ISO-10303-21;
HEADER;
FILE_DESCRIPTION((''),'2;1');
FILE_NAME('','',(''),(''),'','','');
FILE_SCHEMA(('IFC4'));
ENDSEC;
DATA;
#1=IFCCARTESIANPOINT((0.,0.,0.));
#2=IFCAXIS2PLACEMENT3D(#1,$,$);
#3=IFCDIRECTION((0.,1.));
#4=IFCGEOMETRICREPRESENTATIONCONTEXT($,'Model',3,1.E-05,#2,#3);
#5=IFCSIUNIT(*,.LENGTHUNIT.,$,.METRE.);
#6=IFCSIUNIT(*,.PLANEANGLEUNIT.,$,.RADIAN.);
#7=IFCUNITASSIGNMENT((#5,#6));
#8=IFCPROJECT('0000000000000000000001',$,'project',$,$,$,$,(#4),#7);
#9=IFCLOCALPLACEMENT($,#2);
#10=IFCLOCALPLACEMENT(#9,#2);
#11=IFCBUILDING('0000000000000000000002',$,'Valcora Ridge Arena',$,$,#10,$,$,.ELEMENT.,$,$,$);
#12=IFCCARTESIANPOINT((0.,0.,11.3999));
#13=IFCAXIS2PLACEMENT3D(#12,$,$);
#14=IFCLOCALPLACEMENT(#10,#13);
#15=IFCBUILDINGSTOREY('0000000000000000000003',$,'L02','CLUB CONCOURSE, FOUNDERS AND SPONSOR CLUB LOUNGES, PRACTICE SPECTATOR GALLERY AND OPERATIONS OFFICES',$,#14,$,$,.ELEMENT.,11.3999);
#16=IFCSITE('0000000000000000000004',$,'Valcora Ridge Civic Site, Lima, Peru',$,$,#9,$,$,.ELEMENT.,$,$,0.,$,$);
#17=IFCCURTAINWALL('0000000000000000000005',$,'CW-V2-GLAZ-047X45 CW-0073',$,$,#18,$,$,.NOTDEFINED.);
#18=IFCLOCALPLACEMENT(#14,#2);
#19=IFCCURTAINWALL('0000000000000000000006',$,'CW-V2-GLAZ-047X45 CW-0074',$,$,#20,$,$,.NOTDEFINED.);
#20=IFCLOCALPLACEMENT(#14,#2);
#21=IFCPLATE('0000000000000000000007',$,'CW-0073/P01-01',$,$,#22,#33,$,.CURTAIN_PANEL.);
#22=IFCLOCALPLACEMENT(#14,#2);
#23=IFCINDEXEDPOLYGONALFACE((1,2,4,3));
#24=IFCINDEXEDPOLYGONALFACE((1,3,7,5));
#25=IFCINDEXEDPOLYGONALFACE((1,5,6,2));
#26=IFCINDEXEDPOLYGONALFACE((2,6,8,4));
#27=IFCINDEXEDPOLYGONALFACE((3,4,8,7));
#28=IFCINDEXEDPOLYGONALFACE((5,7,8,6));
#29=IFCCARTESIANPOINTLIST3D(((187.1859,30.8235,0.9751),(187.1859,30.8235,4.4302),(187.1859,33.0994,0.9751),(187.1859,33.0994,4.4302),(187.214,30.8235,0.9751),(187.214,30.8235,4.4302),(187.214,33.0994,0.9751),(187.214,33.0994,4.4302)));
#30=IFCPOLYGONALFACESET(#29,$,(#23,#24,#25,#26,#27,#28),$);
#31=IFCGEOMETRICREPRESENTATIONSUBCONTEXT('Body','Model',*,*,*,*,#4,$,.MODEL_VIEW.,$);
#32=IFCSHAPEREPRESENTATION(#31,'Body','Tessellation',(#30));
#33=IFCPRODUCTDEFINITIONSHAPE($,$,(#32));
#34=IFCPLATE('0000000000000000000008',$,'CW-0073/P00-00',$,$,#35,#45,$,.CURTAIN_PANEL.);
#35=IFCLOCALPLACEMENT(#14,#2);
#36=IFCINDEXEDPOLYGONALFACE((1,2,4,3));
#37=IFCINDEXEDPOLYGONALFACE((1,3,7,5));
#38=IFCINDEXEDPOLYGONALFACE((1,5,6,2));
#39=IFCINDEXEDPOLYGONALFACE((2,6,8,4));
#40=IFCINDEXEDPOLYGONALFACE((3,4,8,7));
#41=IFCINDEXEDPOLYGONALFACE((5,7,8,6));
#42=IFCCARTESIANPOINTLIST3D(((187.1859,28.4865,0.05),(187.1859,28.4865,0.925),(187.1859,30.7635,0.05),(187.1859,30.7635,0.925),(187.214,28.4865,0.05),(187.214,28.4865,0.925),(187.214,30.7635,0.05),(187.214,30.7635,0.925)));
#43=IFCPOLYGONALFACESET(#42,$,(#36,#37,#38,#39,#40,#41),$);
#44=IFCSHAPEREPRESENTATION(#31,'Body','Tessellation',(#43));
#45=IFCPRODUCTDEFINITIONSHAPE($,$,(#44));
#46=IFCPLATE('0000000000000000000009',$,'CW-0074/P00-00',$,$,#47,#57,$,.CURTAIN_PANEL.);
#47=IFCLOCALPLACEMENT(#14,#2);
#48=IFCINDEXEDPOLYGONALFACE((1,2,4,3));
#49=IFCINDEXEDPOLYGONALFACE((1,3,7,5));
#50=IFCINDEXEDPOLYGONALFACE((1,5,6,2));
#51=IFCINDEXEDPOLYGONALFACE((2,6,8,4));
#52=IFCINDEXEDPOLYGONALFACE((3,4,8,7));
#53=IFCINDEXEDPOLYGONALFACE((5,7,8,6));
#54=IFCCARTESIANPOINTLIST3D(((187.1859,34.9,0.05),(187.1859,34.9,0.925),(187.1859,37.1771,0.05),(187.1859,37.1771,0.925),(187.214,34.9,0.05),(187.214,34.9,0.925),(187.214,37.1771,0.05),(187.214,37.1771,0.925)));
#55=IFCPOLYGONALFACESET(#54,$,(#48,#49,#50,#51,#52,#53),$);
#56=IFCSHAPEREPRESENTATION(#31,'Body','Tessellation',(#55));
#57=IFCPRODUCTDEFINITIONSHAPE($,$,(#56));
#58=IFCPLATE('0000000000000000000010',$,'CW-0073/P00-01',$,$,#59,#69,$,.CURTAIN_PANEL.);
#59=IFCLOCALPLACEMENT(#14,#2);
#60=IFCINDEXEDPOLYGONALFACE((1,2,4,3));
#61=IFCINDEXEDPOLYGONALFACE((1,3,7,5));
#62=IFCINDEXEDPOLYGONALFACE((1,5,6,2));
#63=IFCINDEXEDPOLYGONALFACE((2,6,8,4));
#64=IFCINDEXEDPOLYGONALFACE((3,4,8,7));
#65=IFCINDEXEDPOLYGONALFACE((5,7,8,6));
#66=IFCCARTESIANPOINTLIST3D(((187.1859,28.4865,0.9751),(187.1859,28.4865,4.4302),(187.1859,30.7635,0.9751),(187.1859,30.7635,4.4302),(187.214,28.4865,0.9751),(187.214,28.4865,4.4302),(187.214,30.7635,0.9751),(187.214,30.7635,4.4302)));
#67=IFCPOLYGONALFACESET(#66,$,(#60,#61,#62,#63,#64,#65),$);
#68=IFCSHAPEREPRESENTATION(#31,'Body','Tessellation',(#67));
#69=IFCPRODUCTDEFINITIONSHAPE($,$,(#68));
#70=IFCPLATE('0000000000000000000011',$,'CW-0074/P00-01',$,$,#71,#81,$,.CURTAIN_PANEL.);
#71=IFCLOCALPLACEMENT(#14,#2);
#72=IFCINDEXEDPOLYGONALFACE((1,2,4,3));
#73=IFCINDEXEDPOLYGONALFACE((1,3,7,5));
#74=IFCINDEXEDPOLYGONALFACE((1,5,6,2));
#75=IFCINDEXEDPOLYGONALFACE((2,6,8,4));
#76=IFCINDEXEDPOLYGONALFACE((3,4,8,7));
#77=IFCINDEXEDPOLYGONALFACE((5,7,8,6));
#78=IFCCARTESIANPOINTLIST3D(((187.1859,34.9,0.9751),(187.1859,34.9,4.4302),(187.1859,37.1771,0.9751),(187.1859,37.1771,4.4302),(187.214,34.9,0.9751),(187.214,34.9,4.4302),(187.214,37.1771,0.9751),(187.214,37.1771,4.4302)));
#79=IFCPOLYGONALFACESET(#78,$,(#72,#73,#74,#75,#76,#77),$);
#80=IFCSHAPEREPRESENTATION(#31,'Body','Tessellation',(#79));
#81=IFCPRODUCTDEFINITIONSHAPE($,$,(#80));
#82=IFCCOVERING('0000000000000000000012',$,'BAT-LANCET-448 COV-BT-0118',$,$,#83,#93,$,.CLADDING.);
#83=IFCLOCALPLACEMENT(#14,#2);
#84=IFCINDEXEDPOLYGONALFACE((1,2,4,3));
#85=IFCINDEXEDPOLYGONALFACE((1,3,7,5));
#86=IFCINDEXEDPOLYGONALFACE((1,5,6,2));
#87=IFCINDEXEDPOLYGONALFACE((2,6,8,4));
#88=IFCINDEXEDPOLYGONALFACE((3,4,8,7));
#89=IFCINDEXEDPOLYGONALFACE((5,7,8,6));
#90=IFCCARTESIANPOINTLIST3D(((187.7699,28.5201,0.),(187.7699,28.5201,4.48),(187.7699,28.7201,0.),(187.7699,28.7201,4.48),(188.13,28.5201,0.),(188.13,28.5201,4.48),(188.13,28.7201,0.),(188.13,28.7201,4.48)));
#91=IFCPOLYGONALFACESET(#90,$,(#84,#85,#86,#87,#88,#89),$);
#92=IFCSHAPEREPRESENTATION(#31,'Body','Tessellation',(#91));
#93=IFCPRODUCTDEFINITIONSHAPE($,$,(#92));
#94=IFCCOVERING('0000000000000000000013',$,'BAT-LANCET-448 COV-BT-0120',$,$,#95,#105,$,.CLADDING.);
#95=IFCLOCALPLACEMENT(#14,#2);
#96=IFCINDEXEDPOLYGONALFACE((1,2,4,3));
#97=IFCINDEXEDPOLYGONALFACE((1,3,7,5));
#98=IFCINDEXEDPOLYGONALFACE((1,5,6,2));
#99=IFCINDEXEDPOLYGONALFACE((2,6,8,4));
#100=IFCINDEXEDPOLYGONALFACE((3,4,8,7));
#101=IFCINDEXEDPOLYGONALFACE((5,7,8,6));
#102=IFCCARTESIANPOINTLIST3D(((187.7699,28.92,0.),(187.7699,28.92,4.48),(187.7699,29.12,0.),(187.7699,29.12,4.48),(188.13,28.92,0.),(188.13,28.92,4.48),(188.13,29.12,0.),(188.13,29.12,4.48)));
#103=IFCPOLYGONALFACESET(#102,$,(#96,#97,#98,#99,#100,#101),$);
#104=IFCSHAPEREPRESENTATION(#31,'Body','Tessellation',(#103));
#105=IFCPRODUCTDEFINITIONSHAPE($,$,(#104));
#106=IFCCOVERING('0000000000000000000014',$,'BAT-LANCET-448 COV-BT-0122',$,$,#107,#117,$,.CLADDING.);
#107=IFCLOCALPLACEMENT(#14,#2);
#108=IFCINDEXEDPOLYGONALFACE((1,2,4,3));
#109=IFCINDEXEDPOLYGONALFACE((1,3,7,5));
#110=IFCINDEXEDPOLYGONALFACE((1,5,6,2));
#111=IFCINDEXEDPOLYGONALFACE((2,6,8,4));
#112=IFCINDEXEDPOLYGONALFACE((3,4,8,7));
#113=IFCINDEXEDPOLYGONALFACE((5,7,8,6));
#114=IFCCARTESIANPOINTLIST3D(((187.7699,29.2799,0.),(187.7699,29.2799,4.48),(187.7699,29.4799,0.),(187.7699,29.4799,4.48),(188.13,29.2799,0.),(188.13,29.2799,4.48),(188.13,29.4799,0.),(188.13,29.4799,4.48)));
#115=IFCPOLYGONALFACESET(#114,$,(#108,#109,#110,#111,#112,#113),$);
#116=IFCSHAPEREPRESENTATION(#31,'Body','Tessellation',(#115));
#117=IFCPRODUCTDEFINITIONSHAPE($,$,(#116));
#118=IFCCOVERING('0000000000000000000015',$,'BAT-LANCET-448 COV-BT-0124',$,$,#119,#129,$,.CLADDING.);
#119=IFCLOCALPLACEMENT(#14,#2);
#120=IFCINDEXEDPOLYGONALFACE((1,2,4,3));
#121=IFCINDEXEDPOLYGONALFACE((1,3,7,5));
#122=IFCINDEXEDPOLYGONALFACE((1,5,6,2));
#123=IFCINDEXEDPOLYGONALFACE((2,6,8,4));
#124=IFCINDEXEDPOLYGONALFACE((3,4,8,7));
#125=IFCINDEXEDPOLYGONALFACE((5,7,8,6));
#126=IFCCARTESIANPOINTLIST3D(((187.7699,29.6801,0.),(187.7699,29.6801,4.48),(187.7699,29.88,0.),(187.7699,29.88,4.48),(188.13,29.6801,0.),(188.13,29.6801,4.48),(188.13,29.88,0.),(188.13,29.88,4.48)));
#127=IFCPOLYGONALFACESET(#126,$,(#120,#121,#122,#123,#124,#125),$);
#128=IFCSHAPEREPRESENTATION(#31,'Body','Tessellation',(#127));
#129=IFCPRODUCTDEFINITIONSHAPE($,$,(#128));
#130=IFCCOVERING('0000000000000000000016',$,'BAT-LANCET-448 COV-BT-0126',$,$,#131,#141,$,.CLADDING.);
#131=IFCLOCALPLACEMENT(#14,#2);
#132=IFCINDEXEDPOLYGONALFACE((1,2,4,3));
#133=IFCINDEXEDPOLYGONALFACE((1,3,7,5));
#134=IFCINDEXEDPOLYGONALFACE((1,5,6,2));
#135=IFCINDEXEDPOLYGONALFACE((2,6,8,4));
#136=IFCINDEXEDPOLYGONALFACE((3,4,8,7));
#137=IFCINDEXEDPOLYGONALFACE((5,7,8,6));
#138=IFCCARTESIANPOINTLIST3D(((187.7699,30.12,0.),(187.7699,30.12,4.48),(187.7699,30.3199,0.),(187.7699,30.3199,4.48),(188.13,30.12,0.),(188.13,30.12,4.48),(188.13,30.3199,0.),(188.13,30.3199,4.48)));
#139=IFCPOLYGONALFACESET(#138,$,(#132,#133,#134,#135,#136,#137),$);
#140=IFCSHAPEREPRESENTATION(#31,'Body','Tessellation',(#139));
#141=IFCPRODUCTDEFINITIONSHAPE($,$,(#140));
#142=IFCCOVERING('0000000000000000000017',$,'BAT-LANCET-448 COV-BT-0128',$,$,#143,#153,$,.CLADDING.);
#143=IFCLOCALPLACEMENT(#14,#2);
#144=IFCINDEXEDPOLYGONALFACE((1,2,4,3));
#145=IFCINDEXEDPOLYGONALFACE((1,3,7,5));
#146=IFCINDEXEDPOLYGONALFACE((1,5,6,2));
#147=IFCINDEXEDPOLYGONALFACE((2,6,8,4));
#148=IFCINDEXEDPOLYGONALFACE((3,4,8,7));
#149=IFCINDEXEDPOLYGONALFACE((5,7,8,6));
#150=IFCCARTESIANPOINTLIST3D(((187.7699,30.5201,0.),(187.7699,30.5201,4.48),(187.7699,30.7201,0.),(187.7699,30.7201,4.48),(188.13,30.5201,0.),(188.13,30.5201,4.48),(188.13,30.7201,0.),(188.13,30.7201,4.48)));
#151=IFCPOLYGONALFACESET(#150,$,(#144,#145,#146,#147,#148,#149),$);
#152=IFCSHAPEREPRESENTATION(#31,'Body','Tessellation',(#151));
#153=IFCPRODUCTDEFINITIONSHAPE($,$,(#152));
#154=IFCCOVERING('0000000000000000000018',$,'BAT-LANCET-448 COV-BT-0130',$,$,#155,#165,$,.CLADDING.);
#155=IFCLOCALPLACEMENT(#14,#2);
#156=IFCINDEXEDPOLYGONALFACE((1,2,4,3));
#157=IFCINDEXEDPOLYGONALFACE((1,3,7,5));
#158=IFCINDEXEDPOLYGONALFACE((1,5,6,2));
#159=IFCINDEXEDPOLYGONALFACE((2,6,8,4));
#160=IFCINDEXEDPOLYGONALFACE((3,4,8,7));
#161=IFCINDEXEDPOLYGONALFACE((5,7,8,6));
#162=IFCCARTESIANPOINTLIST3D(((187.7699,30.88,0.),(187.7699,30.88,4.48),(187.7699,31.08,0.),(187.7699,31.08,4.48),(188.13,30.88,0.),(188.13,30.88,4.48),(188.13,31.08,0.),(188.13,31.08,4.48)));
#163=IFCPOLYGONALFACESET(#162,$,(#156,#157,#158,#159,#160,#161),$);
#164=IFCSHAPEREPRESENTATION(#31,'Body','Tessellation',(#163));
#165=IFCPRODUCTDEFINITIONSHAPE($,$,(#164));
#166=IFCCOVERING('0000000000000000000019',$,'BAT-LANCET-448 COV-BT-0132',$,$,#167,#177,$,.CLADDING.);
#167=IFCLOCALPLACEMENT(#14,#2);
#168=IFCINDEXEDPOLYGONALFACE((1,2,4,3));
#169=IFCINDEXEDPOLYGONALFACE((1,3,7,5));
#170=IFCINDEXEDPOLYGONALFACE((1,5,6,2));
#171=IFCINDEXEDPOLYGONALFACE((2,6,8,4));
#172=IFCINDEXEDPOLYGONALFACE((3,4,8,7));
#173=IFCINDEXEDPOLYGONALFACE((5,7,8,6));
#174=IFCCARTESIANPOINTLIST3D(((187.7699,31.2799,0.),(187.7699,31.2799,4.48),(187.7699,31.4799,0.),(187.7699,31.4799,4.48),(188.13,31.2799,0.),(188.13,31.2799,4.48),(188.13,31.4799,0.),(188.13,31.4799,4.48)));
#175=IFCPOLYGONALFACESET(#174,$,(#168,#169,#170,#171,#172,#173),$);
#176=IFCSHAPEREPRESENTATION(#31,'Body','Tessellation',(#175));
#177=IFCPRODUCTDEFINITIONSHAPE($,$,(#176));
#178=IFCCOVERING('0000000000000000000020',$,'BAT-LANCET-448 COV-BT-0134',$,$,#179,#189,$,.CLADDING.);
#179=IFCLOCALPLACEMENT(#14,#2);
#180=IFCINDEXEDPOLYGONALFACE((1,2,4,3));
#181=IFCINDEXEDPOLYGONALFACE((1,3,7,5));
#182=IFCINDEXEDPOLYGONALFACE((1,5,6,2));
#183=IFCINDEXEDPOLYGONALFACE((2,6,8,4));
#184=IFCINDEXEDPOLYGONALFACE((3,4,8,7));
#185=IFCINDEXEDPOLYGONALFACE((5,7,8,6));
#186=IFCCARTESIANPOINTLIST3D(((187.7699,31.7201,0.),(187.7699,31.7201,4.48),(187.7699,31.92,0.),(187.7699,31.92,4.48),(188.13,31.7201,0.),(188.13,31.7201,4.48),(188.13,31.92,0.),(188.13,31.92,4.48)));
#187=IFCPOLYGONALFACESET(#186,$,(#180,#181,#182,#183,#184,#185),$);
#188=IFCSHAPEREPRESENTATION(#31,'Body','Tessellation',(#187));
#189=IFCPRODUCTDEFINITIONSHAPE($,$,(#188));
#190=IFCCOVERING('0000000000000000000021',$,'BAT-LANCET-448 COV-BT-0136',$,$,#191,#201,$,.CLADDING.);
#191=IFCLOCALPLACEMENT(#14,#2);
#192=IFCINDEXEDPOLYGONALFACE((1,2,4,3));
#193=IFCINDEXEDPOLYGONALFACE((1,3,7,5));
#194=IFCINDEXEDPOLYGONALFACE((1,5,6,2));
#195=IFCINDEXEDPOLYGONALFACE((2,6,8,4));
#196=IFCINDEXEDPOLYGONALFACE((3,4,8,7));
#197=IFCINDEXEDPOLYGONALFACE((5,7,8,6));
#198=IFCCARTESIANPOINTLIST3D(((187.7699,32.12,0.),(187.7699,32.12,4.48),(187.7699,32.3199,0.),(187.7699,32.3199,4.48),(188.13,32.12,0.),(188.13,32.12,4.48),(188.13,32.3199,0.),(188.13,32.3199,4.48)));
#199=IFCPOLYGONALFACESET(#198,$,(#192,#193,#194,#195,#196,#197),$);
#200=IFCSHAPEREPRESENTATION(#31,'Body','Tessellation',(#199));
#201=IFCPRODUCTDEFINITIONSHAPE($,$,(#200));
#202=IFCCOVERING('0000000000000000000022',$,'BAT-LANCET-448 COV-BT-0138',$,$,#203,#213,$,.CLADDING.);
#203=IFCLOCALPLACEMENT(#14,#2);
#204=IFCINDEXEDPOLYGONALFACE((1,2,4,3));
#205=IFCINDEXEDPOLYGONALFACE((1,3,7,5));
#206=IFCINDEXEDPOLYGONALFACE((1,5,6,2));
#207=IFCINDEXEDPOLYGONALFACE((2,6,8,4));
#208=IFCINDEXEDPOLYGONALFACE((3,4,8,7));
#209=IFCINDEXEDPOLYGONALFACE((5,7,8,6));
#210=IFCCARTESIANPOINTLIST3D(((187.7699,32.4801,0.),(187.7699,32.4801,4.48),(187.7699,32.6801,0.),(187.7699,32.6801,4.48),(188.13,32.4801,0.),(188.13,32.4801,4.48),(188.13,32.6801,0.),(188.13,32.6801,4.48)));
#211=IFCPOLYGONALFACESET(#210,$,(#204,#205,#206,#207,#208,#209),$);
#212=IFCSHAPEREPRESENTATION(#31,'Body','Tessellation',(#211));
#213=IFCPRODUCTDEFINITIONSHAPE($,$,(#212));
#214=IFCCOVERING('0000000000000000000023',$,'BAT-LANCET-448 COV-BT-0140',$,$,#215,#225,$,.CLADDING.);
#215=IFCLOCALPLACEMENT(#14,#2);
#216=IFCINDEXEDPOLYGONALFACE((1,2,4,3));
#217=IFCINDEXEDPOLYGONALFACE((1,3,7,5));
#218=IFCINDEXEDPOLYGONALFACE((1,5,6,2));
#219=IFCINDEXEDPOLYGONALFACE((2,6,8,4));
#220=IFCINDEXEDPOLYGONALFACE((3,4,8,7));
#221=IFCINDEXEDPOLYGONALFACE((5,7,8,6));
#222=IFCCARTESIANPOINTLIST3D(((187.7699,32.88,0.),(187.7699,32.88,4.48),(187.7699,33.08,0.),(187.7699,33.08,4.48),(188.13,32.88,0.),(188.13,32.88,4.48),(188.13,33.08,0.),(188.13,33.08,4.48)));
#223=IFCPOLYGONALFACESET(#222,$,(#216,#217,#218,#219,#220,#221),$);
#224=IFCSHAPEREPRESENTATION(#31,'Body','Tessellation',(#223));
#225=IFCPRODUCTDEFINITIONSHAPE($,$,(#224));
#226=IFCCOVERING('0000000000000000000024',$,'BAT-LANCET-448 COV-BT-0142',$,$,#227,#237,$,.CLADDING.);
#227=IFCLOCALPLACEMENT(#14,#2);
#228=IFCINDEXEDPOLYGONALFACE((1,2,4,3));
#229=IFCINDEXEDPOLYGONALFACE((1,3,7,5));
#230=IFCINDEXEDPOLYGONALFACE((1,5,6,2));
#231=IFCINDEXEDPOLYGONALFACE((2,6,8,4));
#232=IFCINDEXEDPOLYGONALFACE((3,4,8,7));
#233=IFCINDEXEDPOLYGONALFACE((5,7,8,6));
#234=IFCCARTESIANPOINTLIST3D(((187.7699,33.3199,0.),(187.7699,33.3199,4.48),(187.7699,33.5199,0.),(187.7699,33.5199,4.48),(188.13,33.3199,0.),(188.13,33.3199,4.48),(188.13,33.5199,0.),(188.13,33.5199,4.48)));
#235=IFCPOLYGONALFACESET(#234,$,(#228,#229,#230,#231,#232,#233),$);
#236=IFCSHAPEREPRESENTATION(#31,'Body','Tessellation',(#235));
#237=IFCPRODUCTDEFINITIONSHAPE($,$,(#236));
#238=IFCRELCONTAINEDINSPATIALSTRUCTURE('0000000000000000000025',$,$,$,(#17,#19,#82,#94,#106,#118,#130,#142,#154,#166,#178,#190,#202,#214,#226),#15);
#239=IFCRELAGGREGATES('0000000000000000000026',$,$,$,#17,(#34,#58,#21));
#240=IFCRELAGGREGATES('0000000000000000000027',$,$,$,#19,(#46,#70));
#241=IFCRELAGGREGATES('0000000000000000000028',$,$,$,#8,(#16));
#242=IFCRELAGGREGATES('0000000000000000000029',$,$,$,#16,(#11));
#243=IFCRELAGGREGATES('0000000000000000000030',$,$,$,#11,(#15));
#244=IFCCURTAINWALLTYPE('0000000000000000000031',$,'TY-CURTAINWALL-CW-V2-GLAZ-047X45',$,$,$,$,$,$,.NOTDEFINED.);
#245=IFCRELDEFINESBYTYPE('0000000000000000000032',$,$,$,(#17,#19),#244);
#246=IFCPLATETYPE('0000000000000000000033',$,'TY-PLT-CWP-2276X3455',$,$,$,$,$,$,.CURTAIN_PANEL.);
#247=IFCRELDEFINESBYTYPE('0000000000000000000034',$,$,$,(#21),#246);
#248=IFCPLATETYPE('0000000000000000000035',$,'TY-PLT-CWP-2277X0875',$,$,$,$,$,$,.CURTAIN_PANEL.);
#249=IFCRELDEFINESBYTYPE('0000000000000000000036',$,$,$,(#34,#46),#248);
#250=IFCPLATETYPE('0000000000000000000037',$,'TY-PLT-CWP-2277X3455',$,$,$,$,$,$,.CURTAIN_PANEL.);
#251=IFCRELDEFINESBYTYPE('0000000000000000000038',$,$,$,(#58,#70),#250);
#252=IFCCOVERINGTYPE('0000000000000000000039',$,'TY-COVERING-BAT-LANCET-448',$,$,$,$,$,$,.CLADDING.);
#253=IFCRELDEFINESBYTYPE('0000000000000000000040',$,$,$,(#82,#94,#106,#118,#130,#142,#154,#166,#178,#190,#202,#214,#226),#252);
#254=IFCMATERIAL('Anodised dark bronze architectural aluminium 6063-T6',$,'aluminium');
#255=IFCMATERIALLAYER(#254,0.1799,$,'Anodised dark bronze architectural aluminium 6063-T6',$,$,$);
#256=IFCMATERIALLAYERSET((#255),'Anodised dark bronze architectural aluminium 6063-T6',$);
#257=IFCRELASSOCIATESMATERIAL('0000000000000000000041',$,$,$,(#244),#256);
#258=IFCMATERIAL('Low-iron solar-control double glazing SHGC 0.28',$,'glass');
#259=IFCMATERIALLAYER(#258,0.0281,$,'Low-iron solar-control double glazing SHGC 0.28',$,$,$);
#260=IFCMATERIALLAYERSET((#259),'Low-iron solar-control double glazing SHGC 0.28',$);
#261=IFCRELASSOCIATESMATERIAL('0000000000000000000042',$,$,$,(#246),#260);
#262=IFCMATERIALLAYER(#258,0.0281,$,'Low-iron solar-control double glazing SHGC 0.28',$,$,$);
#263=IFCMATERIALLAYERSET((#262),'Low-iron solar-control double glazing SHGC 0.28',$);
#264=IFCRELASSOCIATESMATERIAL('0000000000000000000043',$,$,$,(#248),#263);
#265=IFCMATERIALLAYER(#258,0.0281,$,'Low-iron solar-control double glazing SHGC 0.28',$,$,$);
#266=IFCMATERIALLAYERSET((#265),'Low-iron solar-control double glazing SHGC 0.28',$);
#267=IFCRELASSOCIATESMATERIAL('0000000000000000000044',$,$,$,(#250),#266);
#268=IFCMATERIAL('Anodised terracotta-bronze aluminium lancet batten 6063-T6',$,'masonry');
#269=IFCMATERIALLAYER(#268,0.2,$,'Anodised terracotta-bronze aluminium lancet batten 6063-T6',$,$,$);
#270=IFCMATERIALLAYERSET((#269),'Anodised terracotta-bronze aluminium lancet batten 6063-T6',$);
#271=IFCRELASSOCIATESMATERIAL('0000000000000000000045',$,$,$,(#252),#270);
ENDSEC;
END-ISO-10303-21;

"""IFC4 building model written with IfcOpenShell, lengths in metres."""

from ifc_helpers import new_model, si_unit, direction, frame, origin, origin_2d, place, context, subcontext, project, spatial, rectangle, extrude, material, layer, layer_set, type_object, element, aggregate, save


model = new_model("IFC4")

# Units and contexts
model_context = context("Model", 3, precision=1e-05, world=origin(), true_north=direction((0.0, 1.0)))
body_context = subcontext(model_context, "Body", "Model", "MODEL_VIEW")
ifc_project = project(units=[si_unit("LENGTHUNIT", "METRE"), si_unit("PLANEANGLEUNIT", "RADIAN")], contexts=[model_context])

# Site, building, storey
site_placement = place(None, origin())
site = spatial("IfcSite", under=ifc_project, at=site_placement, Name="Valcora Ridge Civic Site, Lima, Peru", CompositionType="ELEMENT", RefElevation=0.0)
building_placement = place(site_placement, origin())
building = spatial("IfcBuilding", under=site, at=building_placement, Name="Valcora Ridge Arena", CompositionType="ELEMENT")
storey_placement = place(building_placement, frame((0.0, 0.0, 11.3999)))
storey = spatial("IfcBuildingStorey", under=building, at=storey_placement, Name="L02", Description="CLUB CONCOURSE, FOUNDERS AND SPONSOR CLUB LOUNGES, PRACTICE SPECTATOR GALLERY AND OPERATIONS OFFICES", CompositionType="ELEMENT", Elevation=11.3999)

# Curtain wall
ifc_material_1 = material(Name="Anodised dark bronze architectural aluminium 6063-T6", Category="aluminium")
ifc_layer_1 = layer(ifc_material_1, 0.1799, Name="Anodised dark bronze architectural aluminium 6063-T6")
ifc_layer_set_1 = layer_set([ifc_layer_1], Name="Anodised dark bronze architectural aluminium 6063-T6")
curtain_wall_type = type_object("IfcCurtainWallType", Name="TY-CURTAINWALL-CW-V2-GLAZ-047X45", PredefinedType="NOTDEFINED", material=ifc_layer_set_1)
curtain_wall_1_placement = place(storey_placement, origin())
curtain_wall_1 = element("IfcCurtainWall", 1, at=curtain_wall_1_placement, inside=storey, type_object=curtain_wall_type, Name="CW-V2-GLAZ-047X45 CW-0073", PredefinedType="NOTDEFINED")

# Curtain wall
curtain_wall_2_placement = place(storey_placement, origin())
curtain_wall_2 = element("IfcCurtainWall", 2, at=curtain_wall_2_placement, inside=storey, type_object=curtain_wall_type, Name="CW-V2-GLAZ-047X45 CW-0074", PredefinedType="NOTDEFINED")

# Plates
ifc_material_2 = material(Name="Low-iron solar-control double glazing SHGC 0.28", Category="glass")
ifc_layer_2 = layer(ifc_material_2, 0.0281, Name="Low-iron solar-control double glazing SHGC 0.28")
ifc_layer_set_2 = layer_set([ifc_layer_2], Name="Low-iron solar-control double glazing SHGC 0.28")
plate_type_1 = type_object("IfcPlateType", Name="TY-PLT-CWP-2276X3455", PredefinedType="CURTAIN_PANEL", material=ifc_layer_set_2)
plate_1_placement = place(storey_placement, frame((187.2, 31.9614, 0.9751), z_axis=(0.0, 0.0, 1.0), x_axis=(0.0, 1.0, 0.0)))
plate_1 = element("IfcPlate", 3, at=plate_1_placement, type_object=plate_type_1, Name="CW-0073/P01-01", PredefinedType="CURTAIN_PANEL", context=body_context, shape_type="SweptSolid", body=[
    extrude(rectangle(XDim=2.2759, YDim=0.0281, at=origin_2d()), origin(), (0.0, 0.0, 1.0), 3.4551),
])
ifc_layer_3 = layer(ifc_material_2, 0.0281, Name="Low-iron solar-control double glazing SHGC 0.28")
ifc_layer_set_3 = layer_set([ifc_layer_3], Name="Low-iron solar-control double glazing SHGC 0.28")
plate_type_2 = type_object("IfcPlateType", Name="TY-PLT-CWP-2277X0875", PredefinedType="CURTAIN_PANEL", material=ifc_layer_set_3)
plate_2_placement = place(storey_placement, frame((187.2, 29.625, 0.05), z_axis=(0.0, 0.0, 1.0), x_axis=(0.0, 1.0, 0.0)))
plate_2 = element("IfcPlate", 4, at=plate_2_placement, type_object=plate_type_2, Name="CW-0073/P00-00", PredefinedType="CURTAIN_PANEL", context=body_context, shape_type="SweptSolid", body=[
    extrude(rectangle(XDim=2.2771, YDim=0.0281, at=origin_2d()), origin(), (0.0, 0.0, 1.0), 0.875),
])
plate_3_placement = place(storey_placement, frame((187.2, 36.0386, 0.05), z_axis=(0.0, 0.0, 1.0), x_axis=(0.0, 1.0, 0.0)))
plate_3 = element("IfcPlate", 5, at=plate_3_placement, type_object=plate_type_2, Name="CW-0074/P00-00", PredefinedType="CURTAIN_PANEL", context=body_context, shape_type="SweptSolid", body=[
    extrude(rectangle(XDim=2.2771, YDim=0.0281, at=origin_2d()), origin(), (0.0, 0.0, 1.0), 0.875),
])
ifc_layer_4 = layer(ifc_material_2, 0.0281, Name="Low-iron solar-control double glazing SHGC 0.28")
ifc_layer_set_4 = layer_set([ifc_layer_4], Name="Low-iron solar-control double glazing SHGC 0.28")
plate_type_3 = type_object("IfcPlateType", Name="TY-PLT-CWP-2277X3455", PredefinedType="CURTAIN_PANEL", material=ifc_layer_set_4)
plate_4_placement = place(storey_placement, frame((187.2, 29.625, 0.9751), z_axis=(0.0, 0.0, 1.0), x_axis=(0.0, 1.0, 0.0)))
plate_4 = element("IfcPlate", 6, at=plate_4_placement, type_object=plate_type_3, Name="CW-0073/P00-01", PredefinedType="CURTAIN_PANEL", context=body_context, shape_type="SweptSolid", body=[
    extrude(rectangle(XDim=2.2771, YDim=0.0281, at=origin_2d()), origin(), (0.0, 0.0, 1.0), 3.4551),
])
aggregate(curtain_wall_1, [plate_2, plate_4, plate_1])
plate_5_placement = place(storey_placement, frame((187.2, 36.0386, 0.9751), z_axis=(0.0, 0.0, 1.0), x_axis=(0.0, 1.0, 0.0)))
plate_5 = element("IfcPlate", 7, at=plate_5_placement, type_object=plate_type_3, Name="CW-0074/P00-01", PredefinedType="CURTAIN_PANEL", context=body_context, shape_type="SweptSolid", body=[
    extrude(rectangle(XDim=2.2771, YDim=0.0281, at=origin_2d()), origin(), (0.0, 0.0, 1.0), 3.4551),
])
aggregate(curtain_wall_2, [plate_3, plate_5])

# Coverings
ifc_material_3 = material(Name="Anodised terracotta-bronze aluminium lancet batten 6063-T6", Category="masonry")
ifc_layer_5 = layer(ifc_material_3, 0.2, Name="Anodised terracotta-bronze aluminium lancet batten 6063-T6")
ifc_layer_set_5 = layer_set([ifc_layer_5], Name="Anodised terracotta-bronze aluminium lancet batten 6063-T6")
covering_type = type_object("IfcCoveringType", Name="TY-COVERING-BAT-LANCET-448", PredefinedType="CLADDING", material=ifc_layer_set_5)
for number, where, z_axis, x_axis, name in (
    (8, (187.95, 28.6201, 0.0), (0.0, 0.0, 1.0), (1.0, 0.0, 0.0), "BAT-LANCET-448 COV-BT-0118"),
    (9, (187.95, 29.02, 0.0), (0.0, 0.0, 1.0), (1.0, 0.0, 0.0), "BAT-LANCET-448 COV-BT-0120"),
    (10, (187.95, 29.3799, 0.0), (0.0, 0.0, 1.0), (1.0, 0.0, 0.0), "BAT-LANCET-448 COV-BT-0122"),
    (11, (187.95, 29.78, 0.0), (0.0, 0.0, 1.0), (1.0, 0.0, 0.0), "BAT-LANCET-448 COV-BT-0124"),
    (12, (187.95, 30.22, 0.0), (0.0, 0.0, 1.0), (1.0, 0.0, 0.0), "BAT-LANCET-448 COV-BT-0126"),
    (13, (187.95, 30.6201, 0.0), (0.0, 0.0, 1.0), (1.0, 0.0, 0.0), "BAT-LANCET-448 COV-BT-0128"),
    (14, (187.95, 30.98, 0.0), (0.0, 0.0, 1.0), (1.0, 0.0, 0.0), "BAT-LANCET-448 COV-BT-0130"),
    (15, (187.95, 31.3799, 0.0), (0.0, 0.0, 1.0), (1.0, 0.0, 0.0), "BAT-LANCET-448 COV-BT-0132"),
    (16, (187.95, 31.8201, 0.0), (0.0, 0.0, 1.0), (1.0, 0.0, 0.0), "BAT-LANCET-448 COV-BT-0134"),
    (17, (187.95, 32.22, 0.0), (0.0, 0.0, 1.0), (1.0, 0.0, 0.0), "BAT-LANCET-448 COV-BT-0136"),
    (18, (187.95, 32.5801, 0.0), (0.0, 0.0, 1.0), (1.0, 0.0, 0.0), "BAT-LANCET-448 COV-BT-0138"),
    (19, (187.95, 32.98, 0.0), (0.0, 0.0, 1.0), (1.0, 0.0, 0.0), "BAT-LANCET-448 COV-BT-0140"),
    (20, (187.95, 33.4199, 0.0), (0.0, 0.0, 1.0), (1.0, 0.0, 0.0), "BAT-LANCET-448 COV-BT-0142"),
):
    element("IfcCovering", number, at=place(storey_placement, frame(where, z_axis=z_axis, x_axis=x_axis)), inside=storey, type_object=covering_type, Name=name, PredefinedType="CLADDING", context=body_context, shape_type="SweptSolid", body=[
        extrude(rectangle(XDim=0.3601, YDim=0.2, at=origin_2d()), origin(), (0.0, 0.0, 1.0), 4.48),
    ])

save(model, "model.ifc")
